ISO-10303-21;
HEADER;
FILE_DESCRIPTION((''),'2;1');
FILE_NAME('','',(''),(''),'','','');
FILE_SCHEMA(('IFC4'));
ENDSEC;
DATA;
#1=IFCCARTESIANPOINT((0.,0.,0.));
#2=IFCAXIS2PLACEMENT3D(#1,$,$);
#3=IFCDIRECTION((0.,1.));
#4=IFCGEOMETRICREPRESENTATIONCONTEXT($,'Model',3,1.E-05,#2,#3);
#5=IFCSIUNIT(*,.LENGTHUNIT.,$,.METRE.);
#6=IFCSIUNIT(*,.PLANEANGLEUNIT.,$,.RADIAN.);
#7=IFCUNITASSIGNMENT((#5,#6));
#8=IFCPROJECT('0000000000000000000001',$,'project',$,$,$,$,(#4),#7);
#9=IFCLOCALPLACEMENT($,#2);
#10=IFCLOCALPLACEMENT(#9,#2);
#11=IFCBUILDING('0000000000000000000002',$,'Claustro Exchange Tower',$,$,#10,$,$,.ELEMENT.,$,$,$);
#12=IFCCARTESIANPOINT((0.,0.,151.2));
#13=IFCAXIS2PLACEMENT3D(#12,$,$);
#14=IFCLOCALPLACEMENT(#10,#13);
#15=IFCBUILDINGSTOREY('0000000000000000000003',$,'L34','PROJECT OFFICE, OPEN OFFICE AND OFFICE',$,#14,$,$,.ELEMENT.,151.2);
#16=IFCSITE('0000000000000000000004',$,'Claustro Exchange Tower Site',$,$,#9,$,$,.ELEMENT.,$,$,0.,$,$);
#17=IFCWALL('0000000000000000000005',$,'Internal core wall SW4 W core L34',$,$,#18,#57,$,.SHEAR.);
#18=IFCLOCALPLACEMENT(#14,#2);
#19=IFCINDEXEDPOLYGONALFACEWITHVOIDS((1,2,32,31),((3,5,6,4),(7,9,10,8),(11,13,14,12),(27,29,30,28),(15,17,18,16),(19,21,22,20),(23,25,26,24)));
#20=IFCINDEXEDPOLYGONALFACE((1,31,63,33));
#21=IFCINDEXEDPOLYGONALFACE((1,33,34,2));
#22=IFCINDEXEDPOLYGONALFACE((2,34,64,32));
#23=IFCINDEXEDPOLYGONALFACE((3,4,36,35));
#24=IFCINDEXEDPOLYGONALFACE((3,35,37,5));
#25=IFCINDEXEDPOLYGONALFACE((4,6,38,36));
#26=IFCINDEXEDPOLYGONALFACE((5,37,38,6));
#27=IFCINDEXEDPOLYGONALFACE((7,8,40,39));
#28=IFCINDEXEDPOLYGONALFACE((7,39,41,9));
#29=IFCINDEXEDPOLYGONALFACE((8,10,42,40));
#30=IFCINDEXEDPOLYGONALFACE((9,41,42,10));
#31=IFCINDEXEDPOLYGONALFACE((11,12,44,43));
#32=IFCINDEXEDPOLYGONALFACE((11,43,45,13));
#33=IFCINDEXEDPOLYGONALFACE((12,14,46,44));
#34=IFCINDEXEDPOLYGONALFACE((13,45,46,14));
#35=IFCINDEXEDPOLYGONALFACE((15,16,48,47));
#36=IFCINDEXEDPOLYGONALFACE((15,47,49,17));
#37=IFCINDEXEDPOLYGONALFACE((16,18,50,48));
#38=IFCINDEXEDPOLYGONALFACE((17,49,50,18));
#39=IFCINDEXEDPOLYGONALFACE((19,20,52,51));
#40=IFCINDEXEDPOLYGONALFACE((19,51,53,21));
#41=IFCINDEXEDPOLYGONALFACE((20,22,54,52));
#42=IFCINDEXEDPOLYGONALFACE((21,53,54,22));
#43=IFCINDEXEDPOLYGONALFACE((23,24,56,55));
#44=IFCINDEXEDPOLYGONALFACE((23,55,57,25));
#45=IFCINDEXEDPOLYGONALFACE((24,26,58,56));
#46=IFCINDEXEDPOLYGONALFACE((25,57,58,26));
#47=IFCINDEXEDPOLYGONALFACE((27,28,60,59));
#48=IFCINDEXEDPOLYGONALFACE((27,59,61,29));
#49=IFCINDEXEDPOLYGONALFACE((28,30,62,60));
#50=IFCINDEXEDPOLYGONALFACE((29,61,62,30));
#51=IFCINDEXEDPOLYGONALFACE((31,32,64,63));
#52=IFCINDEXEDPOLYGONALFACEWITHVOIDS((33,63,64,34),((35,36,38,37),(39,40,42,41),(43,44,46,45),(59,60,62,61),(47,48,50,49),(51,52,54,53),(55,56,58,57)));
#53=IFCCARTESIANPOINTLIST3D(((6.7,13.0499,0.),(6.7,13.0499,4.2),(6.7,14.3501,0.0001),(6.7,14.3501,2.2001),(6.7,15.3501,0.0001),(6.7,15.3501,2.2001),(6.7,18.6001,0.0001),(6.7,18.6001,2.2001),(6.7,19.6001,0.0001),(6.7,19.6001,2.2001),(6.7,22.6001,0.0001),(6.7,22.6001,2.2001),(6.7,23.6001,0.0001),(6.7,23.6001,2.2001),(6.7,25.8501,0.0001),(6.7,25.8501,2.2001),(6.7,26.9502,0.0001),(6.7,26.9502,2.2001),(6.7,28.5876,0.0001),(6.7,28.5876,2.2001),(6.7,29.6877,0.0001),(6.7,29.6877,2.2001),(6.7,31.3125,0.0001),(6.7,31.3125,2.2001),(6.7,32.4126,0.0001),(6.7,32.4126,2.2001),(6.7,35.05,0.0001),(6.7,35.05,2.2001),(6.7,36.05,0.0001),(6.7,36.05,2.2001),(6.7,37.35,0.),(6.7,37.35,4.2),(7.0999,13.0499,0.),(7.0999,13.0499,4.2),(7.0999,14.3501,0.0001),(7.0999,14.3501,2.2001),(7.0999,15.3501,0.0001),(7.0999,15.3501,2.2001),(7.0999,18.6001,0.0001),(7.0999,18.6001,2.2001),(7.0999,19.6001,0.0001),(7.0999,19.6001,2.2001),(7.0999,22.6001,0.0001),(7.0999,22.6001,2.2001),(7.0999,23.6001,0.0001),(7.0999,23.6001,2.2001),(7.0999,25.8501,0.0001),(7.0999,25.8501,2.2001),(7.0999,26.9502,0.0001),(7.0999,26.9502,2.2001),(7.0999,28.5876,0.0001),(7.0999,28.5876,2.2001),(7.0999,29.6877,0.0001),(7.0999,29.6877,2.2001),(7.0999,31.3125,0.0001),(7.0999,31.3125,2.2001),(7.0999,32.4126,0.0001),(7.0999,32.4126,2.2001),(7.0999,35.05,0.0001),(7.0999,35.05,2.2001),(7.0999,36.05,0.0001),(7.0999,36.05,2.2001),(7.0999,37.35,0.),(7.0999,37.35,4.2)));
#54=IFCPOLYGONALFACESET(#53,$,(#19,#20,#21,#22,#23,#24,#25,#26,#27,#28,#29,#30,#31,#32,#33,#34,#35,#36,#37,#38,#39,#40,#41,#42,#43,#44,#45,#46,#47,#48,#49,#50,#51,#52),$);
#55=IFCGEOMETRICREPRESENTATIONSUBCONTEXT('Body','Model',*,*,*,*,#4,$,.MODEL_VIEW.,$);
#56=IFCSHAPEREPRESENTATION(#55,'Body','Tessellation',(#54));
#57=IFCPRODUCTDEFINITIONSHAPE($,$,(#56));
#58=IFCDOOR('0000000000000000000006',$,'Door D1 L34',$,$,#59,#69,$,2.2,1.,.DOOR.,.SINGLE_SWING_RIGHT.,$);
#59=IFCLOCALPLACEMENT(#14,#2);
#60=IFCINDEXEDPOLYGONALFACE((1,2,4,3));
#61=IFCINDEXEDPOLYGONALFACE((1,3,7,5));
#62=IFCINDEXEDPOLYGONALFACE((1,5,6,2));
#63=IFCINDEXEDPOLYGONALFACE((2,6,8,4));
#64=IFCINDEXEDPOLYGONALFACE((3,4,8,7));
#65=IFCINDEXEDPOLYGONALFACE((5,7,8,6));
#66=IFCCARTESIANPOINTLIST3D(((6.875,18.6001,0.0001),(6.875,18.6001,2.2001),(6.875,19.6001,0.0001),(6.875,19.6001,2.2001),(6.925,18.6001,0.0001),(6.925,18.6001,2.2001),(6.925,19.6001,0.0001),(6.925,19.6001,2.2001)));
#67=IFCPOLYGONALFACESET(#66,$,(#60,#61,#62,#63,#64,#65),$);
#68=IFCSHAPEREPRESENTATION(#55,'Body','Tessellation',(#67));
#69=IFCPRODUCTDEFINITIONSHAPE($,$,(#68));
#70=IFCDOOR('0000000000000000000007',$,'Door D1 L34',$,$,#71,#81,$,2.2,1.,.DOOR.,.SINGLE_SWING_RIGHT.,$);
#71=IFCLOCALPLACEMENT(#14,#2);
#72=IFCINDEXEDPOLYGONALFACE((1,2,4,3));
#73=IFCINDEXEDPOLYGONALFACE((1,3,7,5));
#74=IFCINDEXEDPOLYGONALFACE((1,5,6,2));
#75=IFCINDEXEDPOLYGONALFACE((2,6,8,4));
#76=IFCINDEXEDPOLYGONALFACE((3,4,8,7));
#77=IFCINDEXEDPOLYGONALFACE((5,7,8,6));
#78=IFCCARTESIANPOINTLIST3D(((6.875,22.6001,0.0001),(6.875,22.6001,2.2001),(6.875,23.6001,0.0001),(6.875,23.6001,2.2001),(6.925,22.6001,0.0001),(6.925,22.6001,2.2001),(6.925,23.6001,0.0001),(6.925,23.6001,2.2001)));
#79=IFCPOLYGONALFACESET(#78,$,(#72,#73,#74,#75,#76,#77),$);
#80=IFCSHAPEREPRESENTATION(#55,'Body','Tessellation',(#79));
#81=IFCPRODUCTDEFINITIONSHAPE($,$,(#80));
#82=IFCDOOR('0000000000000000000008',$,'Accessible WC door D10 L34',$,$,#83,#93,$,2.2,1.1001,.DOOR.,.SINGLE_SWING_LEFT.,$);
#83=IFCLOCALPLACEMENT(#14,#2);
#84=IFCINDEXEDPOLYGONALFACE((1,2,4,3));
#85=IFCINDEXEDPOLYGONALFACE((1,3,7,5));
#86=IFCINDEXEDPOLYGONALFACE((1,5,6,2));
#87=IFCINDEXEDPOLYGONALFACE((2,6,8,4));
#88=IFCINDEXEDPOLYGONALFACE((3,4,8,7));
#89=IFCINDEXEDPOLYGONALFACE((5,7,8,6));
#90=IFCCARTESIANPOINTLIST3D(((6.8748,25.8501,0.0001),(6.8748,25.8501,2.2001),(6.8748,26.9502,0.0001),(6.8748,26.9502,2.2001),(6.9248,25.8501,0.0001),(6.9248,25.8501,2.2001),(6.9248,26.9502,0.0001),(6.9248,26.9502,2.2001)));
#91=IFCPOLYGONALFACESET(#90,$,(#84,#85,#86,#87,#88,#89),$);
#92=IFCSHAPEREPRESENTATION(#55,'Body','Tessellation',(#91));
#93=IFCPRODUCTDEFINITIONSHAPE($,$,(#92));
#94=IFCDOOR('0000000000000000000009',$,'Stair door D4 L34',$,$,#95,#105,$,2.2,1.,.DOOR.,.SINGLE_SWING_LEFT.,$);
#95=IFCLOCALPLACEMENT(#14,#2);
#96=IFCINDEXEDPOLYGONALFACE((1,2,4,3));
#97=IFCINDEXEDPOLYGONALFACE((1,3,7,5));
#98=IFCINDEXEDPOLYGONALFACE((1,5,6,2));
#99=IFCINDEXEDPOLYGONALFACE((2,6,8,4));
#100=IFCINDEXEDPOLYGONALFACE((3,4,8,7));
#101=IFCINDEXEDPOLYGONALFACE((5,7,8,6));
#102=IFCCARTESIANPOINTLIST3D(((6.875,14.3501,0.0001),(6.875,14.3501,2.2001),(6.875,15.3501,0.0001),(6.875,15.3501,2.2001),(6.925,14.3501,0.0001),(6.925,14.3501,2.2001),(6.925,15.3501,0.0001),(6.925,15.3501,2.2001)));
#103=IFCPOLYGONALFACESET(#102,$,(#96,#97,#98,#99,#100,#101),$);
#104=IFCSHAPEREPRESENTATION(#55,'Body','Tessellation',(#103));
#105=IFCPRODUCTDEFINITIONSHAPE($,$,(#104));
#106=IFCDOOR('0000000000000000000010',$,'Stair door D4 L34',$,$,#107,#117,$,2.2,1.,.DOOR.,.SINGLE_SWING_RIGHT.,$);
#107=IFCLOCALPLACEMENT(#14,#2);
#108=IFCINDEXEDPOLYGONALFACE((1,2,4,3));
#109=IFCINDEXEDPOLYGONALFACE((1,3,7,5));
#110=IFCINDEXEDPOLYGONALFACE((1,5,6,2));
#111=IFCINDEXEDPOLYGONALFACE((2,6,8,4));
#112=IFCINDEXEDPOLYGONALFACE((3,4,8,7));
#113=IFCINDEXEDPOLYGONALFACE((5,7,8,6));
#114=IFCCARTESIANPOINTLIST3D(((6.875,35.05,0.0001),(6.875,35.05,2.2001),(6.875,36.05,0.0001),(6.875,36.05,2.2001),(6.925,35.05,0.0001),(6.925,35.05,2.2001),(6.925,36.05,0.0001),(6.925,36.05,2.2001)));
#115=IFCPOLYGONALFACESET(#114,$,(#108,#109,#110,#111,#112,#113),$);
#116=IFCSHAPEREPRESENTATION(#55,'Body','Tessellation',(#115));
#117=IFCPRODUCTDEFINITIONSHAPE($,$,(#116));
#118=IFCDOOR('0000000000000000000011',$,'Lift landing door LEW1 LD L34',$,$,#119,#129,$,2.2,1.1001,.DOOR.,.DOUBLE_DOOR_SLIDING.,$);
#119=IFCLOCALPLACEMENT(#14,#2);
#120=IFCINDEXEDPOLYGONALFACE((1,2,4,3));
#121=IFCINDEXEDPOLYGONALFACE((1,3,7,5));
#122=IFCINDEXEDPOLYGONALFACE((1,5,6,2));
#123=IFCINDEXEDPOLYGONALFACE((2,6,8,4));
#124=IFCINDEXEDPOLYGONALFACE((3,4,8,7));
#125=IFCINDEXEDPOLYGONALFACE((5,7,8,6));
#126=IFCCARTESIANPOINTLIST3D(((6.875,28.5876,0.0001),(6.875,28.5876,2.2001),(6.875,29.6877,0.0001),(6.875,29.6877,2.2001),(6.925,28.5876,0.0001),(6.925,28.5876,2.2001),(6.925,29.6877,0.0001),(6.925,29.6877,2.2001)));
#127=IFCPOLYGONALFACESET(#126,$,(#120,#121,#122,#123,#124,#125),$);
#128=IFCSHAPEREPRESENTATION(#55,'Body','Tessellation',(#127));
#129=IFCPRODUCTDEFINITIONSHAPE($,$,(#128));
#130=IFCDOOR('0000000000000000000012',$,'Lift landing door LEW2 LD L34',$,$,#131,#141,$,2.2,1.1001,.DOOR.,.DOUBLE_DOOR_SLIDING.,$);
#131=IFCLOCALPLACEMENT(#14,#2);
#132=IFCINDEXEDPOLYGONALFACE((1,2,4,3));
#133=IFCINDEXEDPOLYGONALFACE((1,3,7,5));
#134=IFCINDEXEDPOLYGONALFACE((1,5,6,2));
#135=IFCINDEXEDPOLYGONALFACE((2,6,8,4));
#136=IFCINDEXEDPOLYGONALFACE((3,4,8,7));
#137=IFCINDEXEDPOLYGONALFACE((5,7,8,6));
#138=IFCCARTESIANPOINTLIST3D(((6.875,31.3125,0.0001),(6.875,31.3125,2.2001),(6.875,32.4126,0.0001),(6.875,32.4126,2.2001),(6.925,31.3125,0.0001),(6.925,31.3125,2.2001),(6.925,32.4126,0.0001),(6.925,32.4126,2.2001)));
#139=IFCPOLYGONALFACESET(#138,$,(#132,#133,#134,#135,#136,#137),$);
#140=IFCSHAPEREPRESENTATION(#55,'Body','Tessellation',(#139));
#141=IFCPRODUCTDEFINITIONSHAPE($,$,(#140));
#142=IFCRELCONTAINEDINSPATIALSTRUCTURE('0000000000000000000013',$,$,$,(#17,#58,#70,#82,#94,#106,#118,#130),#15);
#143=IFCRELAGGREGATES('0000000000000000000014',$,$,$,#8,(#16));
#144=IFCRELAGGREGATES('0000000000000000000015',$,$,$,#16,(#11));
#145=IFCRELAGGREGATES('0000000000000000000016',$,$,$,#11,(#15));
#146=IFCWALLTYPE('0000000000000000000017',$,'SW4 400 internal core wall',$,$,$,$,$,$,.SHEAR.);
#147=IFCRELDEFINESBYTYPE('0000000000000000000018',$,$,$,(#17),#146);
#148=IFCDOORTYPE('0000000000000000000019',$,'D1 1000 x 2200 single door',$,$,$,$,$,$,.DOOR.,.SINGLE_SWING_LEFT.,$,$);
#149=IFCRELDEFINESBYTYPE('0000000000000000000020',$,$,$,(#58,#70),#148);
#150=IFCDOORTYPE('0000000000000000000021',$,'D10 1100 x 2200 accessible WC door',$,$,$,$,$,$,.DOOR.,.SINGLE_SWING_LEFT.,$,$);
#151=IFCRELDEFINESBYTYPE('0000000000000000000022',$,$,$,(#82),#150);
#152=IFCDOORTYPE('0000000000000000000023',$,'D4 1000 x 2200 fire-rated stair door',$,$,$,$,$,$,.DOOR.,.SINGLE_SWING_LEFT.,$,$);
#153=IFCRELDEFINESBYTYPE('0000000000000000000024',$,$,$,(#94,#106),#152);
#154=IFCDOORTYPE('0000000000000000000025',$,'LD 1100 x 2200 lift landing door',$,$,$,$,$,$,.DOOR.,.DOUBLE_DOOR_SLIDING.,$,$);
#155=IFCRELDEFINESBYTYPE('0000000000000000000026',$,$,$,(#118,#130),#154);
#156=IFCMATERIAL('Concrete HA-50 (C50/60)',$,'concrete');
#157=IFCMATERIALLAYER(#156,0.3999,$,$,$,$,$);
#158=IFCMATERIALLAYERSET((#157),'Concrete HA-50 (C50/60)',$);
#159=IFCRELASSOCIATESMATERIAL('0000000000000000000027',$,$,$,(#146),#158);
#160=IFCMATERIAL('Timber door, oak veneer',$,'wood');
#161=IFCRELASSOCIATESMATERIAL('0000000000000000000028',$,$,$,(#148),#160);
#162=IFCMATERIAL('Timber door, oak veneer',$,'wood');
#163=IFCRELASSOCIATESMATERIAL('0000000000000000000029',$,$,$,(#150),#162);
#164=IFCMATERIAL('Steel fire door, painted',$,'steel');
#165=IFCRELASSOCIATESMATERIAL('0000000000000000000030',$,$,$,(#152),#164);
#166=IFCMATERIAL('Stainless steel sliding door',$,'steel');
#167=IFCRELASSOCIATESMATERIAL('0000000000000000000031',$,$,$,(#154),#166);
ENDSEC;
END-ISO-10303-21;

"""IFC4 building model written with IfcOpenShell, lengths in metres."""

from ifc_helpers import new_model, si_unit, direction, frame, frame_2d, origin, place, context, subcontext, project, spatial, rectangle, extrude, material, layer, layer_set, type_object, element, fill, save


model = new_model("IFC4")

# Units and contexts
model_context = context("Model", 3, precision=1e-05, world=origin(), true_north=direction((0.0, 1.0)))
body_context = subcontext(model_context, "Body", "Model", "MODEL_VIEW")
ifc_project = project(units=[si_unit("LENGTHUNIT", "METRE"), si_unit("PLANEANGLEUNIT", "RADIAN")], contexts=[model_context])

# Site, building, storey
site_placement = place(None, origin())
site = spatial("IfcSite", under=ifc_project, at=site_placement, Name="Claustro Exchange Tower Site", CompositionType="ELEMENT", RefElevation=0.0)
building_placement = place(site_placement, origin())
building = spatial("IfcBuilding", under=site, at=building_placement, Name="Claustro Exchange Tower", CompositionType="ELEMENT")
storey_placement = place(building_placement, frame((0.0, 0.0, 151.2)))
storey = spatial("IfcBuildingStorey", under=building, at=storey_placement, Name="L34", Description="PROJECT OFFICE, OPEN OFFICE AND OFFICE", CompositionType="ELEMENT", Elevation=151.2)

# Wall, openings, doors
ifc_material_1 = material(Name="Concrete HA-50 (C50/60)", Category="concrete")
ifc_layer_1 = layer(ifc_material_1, 0.3999)
ifc_layer_set_1 = layer_set([ifc_layer_1], Name="Concrete HA-50 (C50/60)")
wall_type_1 = type_object("IfcWallType", Name="SW4 400 internal core wall", PredefinedType="SHEAR", material=ifc_layer_set_1)
wall_1_placement = place(storey_placement, frame((6.8999, 13.05, 0.0), z_axis=(0.0, 0.0, 1.0), x_axis=(0.0, 1.0, 0.0)))
wall_1 = element("IfcWall", 1, at=wall_1_placement, inside=storey, type_object=wall_type_1, Name="Internal core wall SW4 W core L34", PredefinedType="SHEAR", context=body_context, shape_type="SweptSolid", body=[
    extrude(rectangle(XDim=24.3, YDim=0.3999, at=frame_2d((12.1499, 0.0))), origin(), (0.0, 0.0, 1.0), 4.2),
])
opening_1_placement = place(wall_1_placement, frame((1.3, 0.0, 0.0)))
opening_1 = element("IfcOpeningElement", 2, at=opening_1_placement, cuts=wall_1, PredefinedType="OPENING", context=body_context, shape_type="SweptSolid", body=[
    extrude(rectangle(XDim=1.0, YDim=2.2, at=frame_2d((0.5, 1.1001))), frame((0.0, 0.21, 0.0), z_axis=(0.0, -1.0, 0.0), x_axis=(1.0, 0.0, 0.0)), (0.0, 0.0, 1.0), 0.4199),
])
opening_2_placement = place(wall_1_placement, frame((22.0, 0.0, 0.0)))
opening_2 = element("IfcOpeningElement", 3, at=opening_2_placement, cuts=wall_1, PredefinedType="OPENING", context=body_context, shape_type="SweptSolid", body=[
    extrude(rectangle(XDim=1.0, YDim=2.2, at=frame_2d((0.5, 1.1001))), frame((0.0, 0.21, 0.0), z_axis=(0.0, -1.0, 0.0), x_axis=(1.0, 0.0, 0.0)), (0.0, 0.0, 1.0), 0.4199),
])
opening_3_placement = place(wall_1_placement, frame((5.55, 0.0, 0.0)))
opening_3 = element("IfcOpeningElement", 4, at=opening_3_placement, cuts=wall_1, PredefinedType="OPENING", context=body_context, shape_type="SweptSolid", body=[
    extrude(rectangle(XDim=1.0, YDim=2.2, at=frame_2d((0.5, 1.1001))), frame((0.0, 0.21, 0.0), z_axis=(0.0, -1.0, 0.0), x_axis=(1.0, 0.0, 0.0)), (0.0, 0.0, 1.0), 0.4199),
])
opening_4_placement = place(wall_1_placement, frame((9.55, 0.0, 0.0)))
opening_4 = element("IfcOpeningElement", 5, at=opening_4_placement, cuts=wall_1, PredefinedType="OPENING", context=body_context, shape_type="SweptSolid", body=[
    extrude(rectangle(XDim=1.0, YDim=2.2, at=frame_2d((0.5, 1.1001))), frame((0.0, 0.21, 0.0), z_axis=(0.0, -1.0, 0.0), x_axis=(1.0, 0.0, 0.0)), (0.0, 0.0, 1.0), 0.4199),
])
opening_5_placement = place(wall_1_placement, frame((12.8, 0.0, 0.0)))
opening_5 = element("IfcOpeningElement", 6, at=opening_5_placement, cuts=wall_1, PredefinedType="OPENING", context=body_context, shape_type="SweptSolid", body=[
    extrude(rectangle(XDim=1.1001, YDim=2.2, at=frame_2d((0.55, 1.1001))), frame((0.0, 0.21, 0.0), z_axis=(0.0, -1.0, 0.0), x_axis=(1.0, 0.0, 0.0)), (0.0, 0.0, 1.0), 0.4199),
])
opening_6_placement = place(wall_1_placement, frame((15.5376, 0.0, 0.0)))
opening_6 = element("IfcOpeningElement", 7, at=opening_6_placement, cuts=wall_1, PredefinedType="OPENING", context=body_context, shape_type="SweptSolid", body=[
    extrude(rectangle(XDim=1.1001, YDim=2.2, at=frame_2d((0.55, 1.1001))), frame((0.0, 0.21, 0.0), z_axis=(0.0, -1.0, 0.0), x_axis=(1.0, 0.0, 0.0)), (0.0, 0.0, 1.0), 0.4199),
])
opening_7_placement = place(wall_1_placement, frame((18.2625, 0.0, 0.0)))
opening_7 = element("IfcOpeningElement", 8, at=opening_7_placement, cuts=wall_1, PredefinedType="OPENING", context=body_context, shape_type="SweptSolid", body=[
    extrude(rectangle(XDim=1.1001, YDim=2.2, at=frame_2d((0.55, 1.1001))), frame((0.0, 0.21, 0.0), z_axis=(0.0, -1.0, 0.0), x_axis=(1.0, 0.0, 0.0)), (0.0, 0.0, 1.0), 0.4199),
])
ifc_material_2 = material(Name="Timber door, oak veneer", Category="wood")
door_type_1 = type_object("IfcDoorType", Name="D1 1000 x 2200 single door", OperationType="SINGLE_SWING_LEFT", PredefinedType="DOOR", material=ifc_material_2)
door_1_placement = place(opening_3_placement, origin())
door_1 = element("IfcDoor", 9, at=door_1_placement, inside=storey, type_object=door_type_1, Name="Door D1 L34", OperationType="SINGLE_SWING_RIGHT", OverallHeight=2.2, OverallWidth=1.0, PredefinedType="DOOR", context=body_context, shape_type="SweptSolid", body=[
    extrude(rectangle(XDim=1.0, YDim=2.2, at=frame_2d((0.5, 1.1001))), frame((0.0, 0.0249, 0.0), z_axis=(0.0, -1.0, 0.0), x_axis=(1.0, 0.0, 0.0)), (0.0, 0.0, 1.0), 0.05),
])
fill(opening_3, door_1)
door_2_placement = place(opening_4_placement, origin())
door_2 = element("IfcDoor", 10, at=door_2_placement, inside=storey, type_object=door_type_1, Name="Door D1 L34", OperationType="SINGLE_SWING_RIGHT", OverallHeight=2.2, OverallWidth=1.0, PredefinedType="DOOR", context=body_context, shape_type="SweptSolid", body=[
    extrude(rectangle(XDim=1.0, YDim=2.2, at=frame_2d((0.5, 1.1001))), frame((0.0, 0.0249, 0.0), z_axis=(0.0, -1.0, 0.0), x_axis=(1.0, 0.0, 0.0)), (0.0, 0.0, 1.0), 0.05),
])
fill(opening_4, door_2)
ifc_material_3 = material(Name="Timber door, oak veneer", Category="wood")
door_type_2 = type_object("IfcDoorType", Name="D10 1100 x 2200 accessible WC door", OperationType="SINGLE_SWING_LEFT", PredefinedType="DOOR", material=ifc_material_3)
door_3_placement = place(opening_5_placement, frame((1.1001, 0.0, 0.0), z_axis=(0.0, 0.0, 1.0), x_axis=(-1.0, 0.0, 0.0)))
door_3 = element("IfcDoor", 11, at=door_3_placement, inside=storey, type_object=door_type_2, Name="Accessible WC door D10 L34", OperationType="SINGLE_SWING_LEFT", OverallHeight=2.2, OverallWidth=1.1001, PredefinedType="DOOR", context=body_context, shape_type="SweptSolid", body=[
    extrude(rectangle(XDim=1.1001, YDim=2.2, at=frame_2d((0.55, 1.1001))), frame((0.0, 0.0249, 0.0), z_axis=(0.0, -1.0, 0.0), x_axis=(1.0, 0.0, 0.0)), (0.0, 0.0, 1.0), 0.05),
])
fill(opening_5, door_3)
ifc_material_4 = material(Name="Steel fire door, painted", Category="steel")
door_type_3 = type_object("IfcDoorType", Name="D4 1000 x 2200 fire-rated stair door", OperationType="SINGLE_SWING_LEFT", PredefinedType="DOOR", material=ifc_material_4)
door_4_placement = place(opening_1_placement, origin())
door_4 = element("IfcDoor", 12, at=door_4_placement, inside=storey, type_object=door_type_3, Name="Stair door D4 L34", OperationType="SINGLE_SWING_LEFT", OverallHeight=2.2, OverallWidth=1.0, PredefinedType="DOOR", context=body_context, shape_type="SweptSolid", body=[
    extrude(rectangle(XDim=1.0, YDim=2.2, at=frame_2d((0.5, 1.1001))), frame((0.0, 0.0249, 0.0), z_axis=(0.0, -1.0, 0.0), x_axis=(1.0, 0.0, 0.0)), (0.0, 0.0, 1.0), 0.05),
])
fill(opening_1, door_4)
door_5_placement = place(opening_2_placement, origin())
door_5 = element("IfcDoor", 13, at=door_5_placement, inside=storey, type_object=door_type_3, Name="Stair door D4 L34", OperationType="SINGLE_SWING_RIGHT", OverallHeight=2.2, OverallWidth=1.0, PredefinedType="DOOR", context=body_context, shape_type="SweptSolid", body=[
    extrude(rectangle(XDim=1.0, YDim=2.2, at=frame_2d((0.5, 1.1001))), frame((0.0, 0.0249, 0.0), z_axis=(0.0, -1.0, 0.0), x_axis=(1.0, 0.0, 0.0)), (0.0, 0.0, 1.0), 0.05),
])
fill(opening_2, door_5)
ifc_material_5 = material(Name="Stainless steel sliding door", Category="steel")
door_type_4 = type_object("IfcDoorType", Name="LD 1100 x 2200 lift landing door", OperationType="DOUBLE_DOOR_SLIDING", PredefinedType="DOOR", material=ifc_material_5)
door_6_placement = place(opening_6_placement, origin())
door_6 = element("IfcDoor", 14, at=door_6_placement, inside=storey, type_object=door_type_4, Name="Lift landing door LEW1 LD L34", OperationType="DOUBLE_DOOR_SLIDING", OverallHeight=2.2, OverallWidth=1.1001, PredefinedType="DOOR", context=body_context, shape_type="SweptSolid", body=[
    extrude(rectangle(XDim=1.1001, YDim=2.2, at=frame_2d((0.55, 1.1001))), frame((0.0, 0.0249, 0.0), z_axis=(0.0, -1.0, 0.0), x_axis=(1.0, 0.0, 0.0)), (0.0, 0.0, 1.0), 0.05),
])
fill(opening_6, door_6)
door_7_placement = place(opening_7_placement, origin())
door_7 = element("IfcDoor", 15, at=door_7_placement, inside=storey, type_object=door_type_4, Name="Lift landing door LEW2 LD L34", OperationType="DOUBLE_DOOR_SLIDING", OverallHeight=2.2, OverallWidth=1.1001, PredefinedType="DOOR", context=body_context, shape_type="SweptSolid", body=[
    extrude(rectangle(XDim=1.1001, YDim=2.2, at=frame_2d((0.55, 1.1001))), frame((0.0, 0.0249, 0.0), z_axis=(0.0, -1.0, 0.0), x_axis=(1.0, 0.0, 0.0)), (0.0, 0.0, 1.0), 0.05),
])
fill(opening_7, door_7)

save(model, "model.ifc")
